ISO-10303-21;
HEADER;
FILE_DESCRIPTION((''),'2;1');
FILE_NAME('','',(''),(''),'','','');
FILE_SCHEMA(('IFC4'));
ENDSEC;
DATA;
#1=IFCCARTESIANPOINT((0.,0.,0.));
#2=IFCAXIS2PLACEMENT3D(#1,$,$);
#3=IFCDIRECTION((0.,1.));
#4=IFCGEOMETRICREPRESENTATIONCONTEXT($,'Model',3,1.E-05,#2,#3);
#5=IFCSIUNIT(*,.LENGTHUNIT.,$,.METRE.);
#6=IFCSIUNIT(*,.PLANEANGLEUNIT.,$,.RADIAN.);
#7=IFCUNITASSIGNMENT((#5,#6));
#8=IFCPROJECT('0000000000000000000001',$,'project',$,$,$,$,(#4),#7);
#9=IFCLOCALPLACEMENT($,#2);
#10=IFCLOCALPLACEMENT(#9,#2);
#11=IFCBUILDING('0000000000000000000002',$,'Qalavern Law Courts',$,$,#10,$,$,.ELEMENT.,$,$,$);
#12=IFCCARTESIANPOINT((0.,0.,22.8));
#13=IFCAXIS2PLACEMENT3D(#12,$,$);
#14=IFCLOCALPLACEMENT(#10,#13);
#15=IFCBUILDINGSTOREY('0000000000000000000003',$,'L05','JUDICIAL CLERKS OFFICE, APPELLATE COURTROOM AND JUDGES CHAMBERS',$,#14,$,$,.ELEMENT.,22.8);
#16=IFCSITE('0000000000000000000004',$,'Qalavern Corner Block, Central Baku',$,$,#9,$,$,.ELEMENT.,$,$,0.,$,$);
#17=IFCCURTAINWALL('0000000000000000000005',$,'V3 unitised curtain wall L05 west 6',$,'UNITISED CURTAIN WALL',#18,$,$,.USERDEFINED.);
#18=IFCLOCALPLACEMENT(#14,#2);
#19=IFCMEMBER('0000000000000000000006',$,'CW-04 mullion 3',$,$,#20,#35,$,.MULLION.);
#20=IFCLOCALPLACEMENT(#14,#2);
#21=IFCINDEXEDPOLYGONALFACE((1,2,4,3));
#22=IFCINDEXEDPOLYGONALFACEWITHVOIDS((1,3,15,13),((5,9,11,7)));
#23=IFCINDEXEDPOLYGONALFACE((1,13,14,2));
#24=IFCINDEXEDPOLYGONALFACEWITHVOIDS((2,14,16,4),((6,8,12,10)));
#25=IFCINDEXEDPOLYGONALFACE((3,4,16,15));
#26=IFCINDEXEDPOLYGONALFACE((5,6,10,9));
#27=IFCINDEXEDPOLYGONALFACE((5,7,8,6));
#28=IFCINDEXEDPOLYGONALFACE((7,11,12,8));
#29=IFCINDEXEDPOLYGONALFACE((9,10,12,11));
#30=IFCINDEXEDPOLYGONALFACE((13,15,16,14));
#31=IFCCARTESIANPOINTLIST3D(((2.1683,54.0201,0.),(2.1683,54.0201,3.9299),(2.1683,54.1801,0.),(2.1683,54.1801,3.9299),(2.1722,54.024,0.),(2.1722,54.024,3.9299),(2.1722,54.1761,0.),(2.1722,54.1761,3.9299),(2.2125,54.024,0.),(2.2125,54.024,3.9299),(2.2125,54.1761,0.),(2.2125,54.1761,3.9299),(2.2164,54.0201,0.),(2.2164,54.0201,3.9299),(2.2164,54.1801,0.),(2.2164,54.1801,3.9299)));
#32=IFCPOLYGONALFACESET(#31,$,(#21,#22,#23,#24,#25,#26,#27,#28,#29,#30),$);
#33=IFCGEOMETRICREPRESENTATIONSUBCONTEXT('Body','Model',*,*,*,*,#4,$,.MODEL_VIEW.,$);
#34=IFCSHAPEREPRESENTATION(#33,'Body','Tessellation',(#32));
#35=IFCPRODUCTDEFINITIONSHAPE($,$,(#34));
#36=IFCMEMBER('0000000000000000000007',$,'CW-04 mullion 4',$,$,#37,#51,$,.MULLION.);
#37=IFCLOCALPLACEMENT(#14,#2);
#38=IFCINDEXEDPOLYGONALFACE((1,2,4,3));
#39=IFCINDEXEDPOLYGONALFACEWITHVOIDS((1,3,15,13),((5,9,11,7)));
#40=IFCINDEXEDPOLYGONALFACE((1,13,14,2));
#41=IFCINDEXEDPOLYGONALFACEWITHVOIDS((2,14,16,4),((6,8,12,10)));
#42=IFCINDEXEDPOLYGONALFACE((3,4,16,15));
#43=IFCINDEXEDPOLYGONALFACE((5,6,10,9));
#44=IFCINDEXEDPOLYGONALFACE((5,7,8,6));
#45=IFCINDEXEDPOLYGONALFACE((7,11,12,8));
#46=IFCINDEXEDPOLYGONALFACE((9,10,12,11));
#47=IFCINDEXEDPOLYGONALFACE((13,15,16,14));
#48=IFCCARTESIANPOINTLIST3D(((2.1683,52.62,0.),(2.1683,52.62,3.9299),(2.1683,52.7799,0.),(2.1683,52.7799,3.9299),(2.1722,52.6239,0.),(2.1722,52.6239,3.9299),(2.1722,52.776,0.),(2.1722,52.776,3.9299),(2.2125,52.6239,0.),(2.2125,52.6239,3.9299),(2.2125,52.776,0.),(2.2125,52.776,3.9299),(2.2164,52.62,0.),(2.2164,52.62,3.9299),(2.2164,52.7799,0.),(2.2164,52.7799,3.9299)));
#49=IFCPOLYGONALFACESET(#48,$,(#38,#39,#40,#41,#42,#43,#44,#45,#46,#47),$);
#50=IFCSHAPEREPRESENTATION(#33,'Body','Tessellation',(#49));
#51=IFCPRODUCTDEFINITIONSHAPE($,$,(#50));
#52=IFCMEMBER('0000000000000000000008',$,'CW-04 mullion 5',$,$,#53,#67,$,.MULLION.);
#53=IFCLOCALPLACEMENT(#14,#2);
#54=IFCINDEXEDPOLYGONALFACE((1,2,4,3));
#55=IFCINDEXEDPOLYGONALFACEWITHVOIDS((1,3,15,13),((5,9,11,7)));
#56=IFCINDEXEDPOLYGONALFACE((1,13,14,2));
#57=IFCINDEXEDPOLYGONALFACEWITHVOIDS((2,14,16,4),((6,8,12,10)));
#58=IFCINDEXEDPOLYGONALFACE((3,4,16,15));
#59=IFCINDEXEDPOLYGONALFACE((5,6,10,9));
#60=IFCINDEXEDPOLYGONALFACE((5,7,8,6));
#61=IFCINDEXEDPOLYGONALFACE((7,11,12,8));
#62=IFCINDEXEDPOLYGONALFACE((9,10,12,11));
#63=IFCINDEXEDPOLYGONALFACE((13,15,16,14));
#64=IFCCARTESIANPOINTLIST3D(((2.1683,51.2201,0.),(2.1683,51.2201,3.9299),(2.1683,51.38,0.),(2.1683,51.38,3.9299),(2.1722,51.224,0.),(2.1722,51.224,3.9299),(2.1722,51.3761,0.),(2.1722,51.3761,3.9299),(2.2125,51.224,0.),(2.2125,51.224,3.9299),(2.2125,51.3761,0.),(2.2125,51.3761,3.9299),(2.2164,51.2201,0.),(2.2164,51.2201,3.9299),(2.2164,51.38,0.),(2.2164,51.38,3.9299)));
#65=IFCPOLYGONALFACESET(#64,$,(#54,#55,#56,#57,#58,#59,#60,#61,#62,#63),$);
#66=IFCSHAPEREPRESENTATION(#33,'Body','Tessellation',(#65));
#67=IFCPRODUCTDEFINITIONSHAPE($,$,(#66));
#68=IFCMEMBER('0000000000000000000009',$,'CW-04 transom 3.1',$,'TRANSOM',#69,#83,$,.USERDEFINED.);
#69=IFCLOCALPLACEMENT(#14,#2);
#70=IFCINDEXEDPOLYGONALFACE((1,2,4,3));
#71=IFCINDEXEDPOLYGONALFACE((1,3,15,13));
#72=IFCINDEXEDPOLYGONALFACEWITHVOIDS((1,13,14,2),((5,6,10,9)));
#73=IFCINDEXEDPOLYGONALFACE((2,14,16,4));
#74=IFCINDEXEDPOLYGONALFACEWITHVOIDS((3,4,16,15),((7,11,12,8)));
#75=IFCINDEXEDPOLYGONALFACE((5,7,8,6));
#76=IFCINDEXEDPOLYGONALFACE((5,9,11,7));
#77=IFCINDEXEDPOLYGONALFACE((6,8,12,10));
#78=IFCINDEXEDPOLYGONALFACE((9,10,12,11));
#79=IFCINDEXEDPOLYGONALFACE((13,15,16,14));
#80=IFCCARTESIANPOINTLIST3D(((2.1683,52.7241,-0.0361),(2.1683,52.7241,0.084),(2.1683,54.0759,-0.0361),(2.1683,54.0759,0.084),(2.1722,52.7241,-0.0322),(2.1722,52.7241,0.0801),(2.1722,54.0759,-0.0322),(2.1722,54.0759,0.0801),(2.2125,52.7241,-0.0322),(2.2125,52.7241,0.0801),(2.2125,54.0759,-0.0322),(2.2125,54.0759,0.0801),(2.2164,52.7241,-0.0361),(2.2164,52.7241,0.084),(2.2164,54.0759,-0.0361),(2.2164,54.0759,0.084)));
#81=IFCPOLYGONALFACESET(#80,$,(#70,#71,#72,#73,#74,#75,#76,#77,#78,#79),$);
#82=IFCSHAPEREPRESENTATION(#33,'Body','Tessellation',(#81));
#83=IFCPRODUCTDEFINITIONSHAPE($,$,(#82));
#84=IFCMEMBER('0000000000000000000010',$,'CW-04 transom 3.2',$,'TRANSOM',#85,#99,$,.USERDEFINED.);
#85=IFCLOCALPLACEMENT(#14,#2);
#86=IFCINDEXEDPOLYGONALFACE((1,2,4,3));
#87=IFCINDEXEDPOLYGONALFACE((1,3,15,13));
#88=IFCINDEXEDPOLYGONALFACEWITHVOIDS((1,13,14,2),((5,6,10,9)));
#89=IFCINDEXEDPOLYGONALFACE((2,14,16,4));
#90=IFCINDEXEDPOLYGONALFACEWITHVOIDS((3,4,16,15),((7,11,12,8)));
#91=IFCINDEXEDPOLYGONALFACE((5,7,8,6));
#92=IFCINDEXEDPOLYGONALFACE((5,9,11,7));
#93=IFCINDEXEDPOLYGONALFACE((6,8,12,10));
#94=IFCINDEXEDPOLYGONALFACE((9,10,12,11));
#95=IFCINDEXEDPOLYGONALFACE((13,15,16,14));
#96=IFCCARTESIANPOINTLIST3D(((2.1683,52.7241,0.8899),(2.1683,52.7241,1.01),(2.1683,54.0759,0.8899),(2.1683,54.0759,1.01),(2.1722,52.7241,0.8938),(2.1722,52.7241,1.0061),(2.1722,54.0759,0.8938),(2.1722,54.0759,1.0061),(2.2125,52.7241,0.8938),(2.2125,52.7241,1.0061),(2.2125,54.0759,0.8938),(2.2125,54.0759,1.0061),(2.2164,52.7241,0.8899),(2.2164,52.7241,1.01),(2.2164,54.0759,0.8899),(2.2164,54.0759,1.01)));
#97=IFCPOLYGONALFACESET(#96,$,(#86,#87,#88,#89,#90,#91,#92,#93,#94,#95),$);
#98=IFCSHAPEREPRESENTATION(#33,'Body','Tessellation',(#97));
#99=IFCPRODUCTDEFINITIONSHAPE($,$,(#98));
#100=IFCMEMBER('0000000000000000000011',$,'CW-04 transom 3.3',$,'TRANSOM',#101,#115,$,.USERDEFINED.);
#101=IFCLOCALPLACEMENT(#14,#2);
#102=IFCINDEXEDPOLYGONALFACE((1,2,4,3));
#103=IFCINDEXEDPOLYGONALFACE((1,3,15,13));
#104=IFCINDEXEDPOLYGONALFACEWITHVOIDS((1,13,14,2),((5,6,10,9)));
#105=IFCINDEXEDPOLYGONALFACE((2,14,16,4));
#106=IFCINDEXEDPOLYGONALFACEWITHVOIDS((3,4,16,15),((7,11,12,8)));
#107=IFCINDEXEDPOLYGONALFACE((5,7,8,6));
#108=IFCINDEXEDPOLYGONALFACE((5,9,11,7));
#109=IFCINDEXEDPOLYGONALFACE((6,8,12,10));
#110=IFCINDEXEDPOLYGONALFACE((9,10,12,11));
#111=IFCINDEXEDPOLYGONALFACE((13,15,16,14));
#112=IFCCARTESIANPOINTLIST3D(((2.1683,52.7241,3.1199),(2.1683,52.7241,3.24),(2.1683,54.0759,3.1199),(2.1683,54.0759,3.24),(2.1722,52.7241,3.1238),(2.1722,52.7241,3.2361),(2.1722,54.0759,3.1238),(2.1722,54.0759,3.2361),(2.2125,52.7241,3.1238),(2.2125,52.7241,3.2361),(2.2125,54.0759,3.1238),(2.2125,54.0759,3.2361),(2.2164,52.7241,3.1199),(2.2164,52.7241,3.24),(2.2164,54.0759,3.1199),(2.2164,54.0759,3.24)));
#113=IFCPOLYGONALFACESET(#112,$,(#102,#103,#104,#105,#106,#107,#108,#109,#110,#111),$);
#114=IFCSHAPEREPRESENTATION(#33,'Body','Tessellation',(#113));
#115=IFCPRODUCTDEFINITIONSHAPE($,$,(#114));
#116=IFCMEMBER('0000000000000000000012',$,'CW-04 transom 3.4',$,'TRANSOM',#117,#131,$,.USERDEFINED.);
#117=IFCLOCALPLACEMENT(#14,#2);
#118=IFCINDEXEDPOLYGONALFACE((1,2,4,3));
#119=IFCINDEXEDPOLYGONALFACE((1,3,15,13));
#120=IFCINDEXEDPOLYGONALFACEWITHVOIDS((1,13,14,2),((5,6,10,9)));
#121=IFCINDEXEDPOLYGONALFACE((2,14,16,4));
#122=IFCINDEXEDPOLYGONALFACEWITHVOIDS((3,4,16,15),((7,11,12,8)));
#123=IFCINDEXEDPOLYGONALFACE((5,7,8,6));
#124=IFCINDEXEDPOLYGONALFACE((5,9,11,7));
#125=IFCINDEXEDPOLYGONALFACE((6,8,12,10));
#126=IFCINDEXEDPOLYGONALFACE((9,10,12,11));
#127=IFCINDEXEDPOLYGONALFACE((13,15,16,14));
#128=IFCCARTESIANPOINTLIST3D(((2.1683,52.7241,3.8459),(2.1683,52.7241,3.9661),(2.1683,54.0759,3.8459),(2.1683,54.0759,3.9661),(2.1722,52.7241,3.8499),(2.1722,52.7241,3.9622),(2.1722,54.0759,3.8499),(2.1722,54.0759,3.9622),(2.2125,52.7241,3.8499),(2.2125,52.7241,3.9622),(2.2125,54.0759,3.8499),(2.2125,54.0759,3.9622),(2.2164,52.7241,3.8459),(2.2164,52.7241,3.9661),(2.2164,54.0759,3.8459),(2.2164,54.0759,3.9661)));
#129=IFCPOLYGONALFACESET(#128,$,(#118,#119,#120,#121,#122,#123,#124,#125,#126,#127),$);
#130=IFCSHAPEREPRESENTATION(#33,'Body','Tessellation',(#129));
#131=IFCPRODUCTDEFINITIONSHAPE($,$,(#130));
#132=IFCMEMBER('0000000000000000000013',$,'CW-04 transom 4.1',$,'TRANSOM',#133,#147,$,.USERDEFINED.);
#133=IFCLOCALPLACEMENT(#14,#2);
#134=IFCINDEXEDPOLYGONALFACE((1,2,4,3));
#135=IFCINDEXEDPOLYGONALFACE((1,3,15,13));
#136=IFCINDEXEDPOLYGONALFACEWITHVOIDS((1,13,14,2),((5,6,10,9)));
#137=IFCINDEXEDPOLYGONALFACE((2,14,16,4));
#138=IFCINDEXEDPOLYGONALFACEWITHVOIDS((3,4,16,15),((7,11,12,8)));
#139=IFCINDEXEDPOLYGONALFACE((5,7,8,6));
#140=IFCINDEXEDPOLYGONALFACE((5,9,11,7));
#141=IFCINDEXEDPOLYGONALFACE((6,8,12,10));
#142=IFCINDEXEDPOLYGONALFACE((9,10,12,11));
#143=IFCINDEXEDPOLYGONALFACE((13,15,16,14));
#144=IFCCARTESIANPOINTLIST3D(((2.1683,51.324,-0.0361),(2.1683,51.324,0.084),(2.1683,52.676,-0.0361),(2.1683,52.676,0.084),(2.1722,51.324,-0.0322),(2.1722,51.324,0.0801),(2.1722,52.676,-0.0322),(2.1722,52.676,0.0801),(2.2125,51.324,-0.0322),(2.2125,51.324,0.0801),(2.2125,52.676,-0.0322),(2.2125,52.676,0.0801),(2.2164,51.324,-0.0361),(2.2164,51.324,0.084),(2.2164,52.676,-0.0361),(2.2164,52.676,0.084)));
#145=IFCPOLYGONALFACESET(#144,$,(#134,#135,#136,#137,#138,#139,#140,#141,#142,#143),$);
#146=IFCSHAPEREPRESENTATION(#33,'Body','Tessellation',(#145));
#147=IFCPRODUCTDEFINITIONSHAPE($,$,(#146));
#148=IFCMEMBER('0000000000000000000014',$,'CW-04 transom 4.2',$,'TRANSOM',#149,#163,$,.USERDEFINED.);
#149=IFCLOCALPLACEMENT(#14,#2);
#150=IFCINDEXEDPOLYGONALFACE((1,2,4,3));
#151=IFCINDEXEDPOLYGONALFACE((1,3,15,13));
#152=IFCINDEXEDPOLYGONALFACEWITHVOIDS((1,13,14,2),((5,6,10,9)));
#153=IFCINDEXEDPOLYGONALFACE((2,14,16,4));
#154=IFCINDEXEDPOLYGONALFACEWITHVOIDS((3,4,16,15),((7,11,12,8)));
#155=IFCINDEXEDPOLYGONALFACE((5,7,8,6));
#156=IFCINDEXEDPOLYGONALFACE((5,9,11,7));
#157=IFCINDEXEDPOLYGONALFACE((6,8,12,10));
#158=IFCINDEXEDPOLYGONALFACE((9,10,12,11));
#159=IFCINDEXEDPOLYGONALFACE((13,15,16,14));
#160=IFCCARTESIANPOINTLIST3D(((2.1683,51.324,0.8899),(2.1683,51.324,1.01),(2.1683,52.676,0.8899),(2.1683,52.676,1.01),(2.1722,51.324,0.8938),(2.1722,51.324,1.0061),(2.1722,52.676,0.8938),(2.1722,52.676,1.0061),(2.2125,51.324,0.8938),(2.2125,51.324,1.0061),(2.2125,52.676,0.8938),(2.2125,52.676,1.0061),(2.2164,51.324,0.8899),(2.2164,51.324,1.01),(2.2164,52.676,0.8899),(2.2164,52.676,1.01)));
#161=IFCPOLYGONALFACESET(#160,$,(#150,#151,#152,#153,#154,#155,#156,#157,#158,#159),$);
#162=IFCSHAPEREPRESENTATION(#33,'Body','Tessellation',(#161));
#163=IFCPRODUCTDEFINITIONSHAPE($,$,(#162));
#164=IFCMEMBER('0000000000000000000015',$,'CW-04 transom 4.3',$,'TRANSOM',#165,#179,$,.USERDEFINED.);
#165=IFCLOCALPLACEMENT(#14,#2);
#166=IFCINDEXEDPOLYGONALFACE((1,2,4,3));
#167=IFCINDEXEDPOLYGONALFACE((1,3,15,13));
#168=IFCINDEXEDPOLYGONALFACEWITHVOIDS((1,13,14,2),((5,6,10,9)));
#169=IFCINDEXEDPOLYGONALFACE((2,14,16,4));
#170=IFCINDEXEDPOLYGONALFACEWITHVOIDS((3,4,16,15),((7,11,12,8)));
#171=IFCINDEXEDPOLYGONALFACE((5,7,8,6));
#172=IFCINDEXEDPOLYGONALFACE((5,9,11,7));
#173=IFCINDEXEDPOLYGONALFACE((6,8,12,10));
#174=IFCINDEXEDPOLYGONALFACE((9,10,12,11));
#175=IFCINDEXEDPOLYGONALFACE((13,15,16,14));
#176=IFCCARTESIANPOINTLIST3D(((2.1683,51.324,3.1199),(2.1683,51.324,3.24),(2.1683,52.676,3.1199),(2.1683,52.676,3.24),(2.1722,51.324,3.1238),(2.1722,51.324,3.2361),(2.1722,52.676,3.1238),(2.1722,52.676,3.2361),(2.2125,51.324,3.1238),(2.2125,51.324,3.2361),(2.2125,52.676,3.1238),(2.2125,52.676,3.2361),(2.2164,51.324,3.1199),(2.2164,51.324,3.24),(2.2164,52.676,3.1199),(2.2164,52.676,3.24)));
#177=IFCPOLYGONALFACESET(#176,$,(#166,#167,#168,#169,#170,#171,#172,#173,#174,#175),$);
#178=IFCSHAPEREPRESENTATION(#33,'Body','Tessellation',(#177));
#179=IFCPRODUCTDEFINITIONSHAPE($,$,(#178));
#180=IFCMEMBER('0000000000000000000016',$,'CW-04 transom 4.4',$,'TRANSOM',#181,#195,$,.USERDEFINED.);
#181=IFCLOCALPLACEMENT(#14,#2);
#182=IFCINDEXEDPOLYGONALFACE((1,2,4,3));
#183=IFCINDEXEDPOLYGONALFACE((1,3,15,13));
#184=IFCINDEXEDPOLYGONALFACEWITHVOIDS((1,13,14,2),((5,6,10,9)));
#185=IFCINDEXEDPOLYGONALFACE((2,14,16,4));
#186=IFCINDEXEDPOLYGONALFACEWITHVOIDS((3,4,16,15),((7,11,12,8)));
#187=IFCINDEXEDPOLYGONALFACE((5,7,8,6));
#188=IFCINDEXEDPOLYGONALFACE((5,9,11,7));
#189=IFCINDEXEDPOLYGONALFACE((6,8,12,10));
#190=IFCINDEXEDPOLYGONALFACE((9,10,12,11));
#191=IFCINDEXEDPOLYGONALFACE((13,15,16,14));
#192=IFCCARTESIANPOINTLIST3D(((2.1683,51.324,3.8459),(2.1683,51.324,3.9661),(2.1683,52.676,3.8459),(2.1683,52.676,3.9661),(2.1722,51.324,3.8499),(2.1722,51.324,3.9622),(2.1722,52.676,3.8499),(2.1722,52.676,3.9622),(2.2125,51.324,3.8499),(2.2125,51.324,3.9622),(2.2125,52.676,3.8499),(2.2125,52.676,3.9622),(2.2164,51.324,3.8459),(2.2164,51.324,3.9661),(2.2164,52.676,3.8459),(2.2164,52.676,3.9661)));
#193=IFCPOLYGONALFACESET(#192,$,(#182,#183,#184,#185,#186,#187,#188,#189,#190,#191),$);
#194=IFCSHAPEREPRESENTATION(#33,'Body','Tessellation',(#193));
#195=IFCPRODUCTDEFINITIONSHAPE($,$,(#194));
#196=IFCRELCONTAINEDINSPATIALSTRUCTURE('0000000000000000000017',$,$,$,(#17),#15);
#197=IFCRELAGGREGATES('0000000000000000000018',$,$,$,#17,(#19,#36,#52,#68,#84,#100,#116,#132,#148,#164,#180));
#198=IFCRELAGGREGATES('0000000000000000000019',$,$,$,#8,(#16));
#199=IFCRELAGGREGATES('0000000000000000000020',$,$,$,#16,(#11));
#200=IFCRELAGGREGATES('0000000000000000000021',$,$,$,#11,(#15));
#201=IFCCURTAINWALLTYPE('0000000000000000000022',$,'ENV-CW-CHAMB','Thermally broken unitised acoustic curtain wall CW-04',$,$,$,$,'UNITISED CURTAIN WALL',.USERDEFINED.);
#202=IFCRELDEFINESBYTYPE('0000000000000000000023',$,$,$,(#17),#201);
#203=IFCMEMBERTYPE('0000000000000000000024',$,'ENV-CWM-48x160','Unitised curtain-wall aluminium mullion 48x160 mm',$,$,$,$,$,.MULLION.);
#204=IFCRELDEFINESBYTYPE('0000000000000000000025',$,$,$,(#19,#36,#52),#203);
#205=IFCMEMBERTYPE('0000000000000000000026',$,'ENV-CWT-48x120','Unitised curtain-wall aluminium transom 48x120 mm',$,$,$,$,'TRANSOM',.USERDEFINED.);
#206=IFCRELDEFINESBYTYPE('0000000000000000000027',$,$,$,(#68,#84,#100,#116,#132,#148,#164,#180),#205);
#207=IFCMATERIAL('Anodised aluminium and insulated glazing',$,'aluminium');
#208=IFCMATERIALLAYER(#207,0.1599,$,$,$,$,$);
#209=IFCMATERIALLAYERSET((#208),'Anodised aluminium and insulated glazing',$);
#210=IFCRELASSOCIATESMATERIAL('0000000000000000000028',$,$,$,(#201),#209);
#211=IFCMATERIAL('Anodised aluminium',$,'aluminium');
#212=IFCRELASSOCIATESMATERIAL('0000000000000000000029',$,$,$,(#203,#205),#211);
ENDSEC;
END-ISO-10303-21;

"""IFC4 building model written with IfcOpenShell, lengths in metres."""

from ifc_helpers import new_model, si_unit, direction, frame, origin, origin_2d, place, context, subcontext, project, spatial, hollow_rectangle, extrude, material, layer, layer_set, material_profile, profile_set, type_object, element, aggregate, save


model = new_model("IFC4")

# Units and contexts
model_context = context("Model", 3, precision=1e-05, world=origin(), true_north=direction((0.0, 1.0)))
body_context = subcontext(model_context, "Body", "Model", "MODEL_VIEW")
ifc_project = project(units=[si_unit("LENGTHUNIT", "METRE"), si_unit("PLANEANGLEUNIT", "RADIAN")], contexts=[model_context])

# Site, building, storey
site_placement = place(None, origin())
site = spatial("IfcSite", under=ifc_project, at=site_placement, Name="Qalavern Corner Block, Central Baku", CompositionType="ELEMENT", RefElevation=0.0)
building_placement = place(site_placement, origin())
building = spatial("IfcBuilding", under=site, at=building_placement, Name="Qalavern Law Courts", CompositionType="ELEMENT")
storey_placement = place(building_placement, frame((0.0, 0.0, 22.8)))
storey = spatial("IfcBuildingStorey", under=building, at=storey_placement, Name="L05", Description="JUDICIAL CLERKS OFFICE, APPELLATE COURTROOM AND JUDGES CHAMBERS", CompositionType="ELEMENT", Elevation=22.8)

# Curtain wall, members
ifc_material_1 = material(Name="Anodised aluminium and insulated glazing", Category="aluminium")
ifc_layer_1 = layer(ifc_material_1, 0.1599)
ifc_layer_set_1 = layer_set([ifc_layer_1], Name="Anodised aluminium and insulated glazing")
curtain_wall_type = type_object("IfcCurtainWallType", Name="ENV-CW-CHAMB", Description="Thermally broken unitised acoustic curtain wall CW-04", ElementType="UNITISED CURTAIN WALL", PredefinedType="USERDEFINED", material=ifc_layer_set_1)
curtain_wall_placement = place(storey_placement, origin())
curtain_wall = element("IfcCurtainWall", 1, at=curtain_wall_placement, inside=storey, type_object=curtain_wall_type, Name="V3 unitised curtain wall L05 west 6", ObjectType="UNITISED CURTAIN WALL", PredefinedType="USERDEFINED")
ifc_material_2 = material(Name="Anodised aluminium", Category="aluminium")
ifc_material_profile_1 = material_profile(ifc_material_2, hollow_rectangle(XDim=0.0481, YDim=0.1599, WallThickness=0.0039, at=origin_2d()), Name="ALU MULLION 48x160")
ifc_profile_set_1 = profile_set([ifc_material_profile_1], Name="Anodised aluminium")
member_type_1 = type_object("IfcMemberType", Name="ENV-CWM-48x160", Description="Unitised curtain-wall aluminium mullion 48x160 mm", PredefinedType="MULLION", material=ifc_profile_set_1)
member_1_placement = place(storey_placement, frame((2.1924, 54.1001, 0.0), z_axis=(0.0, 0.0, 1.0), x_axis=(1.0, 0.0, 0.0)))
member_1 = element("IfcMember", 2, at=member_1_placement, type_object=member_type_1, Name="CW-04 mullion 3", PredefinedType="MULLION", context=body_context, shape_type="SweptSolid", body=[
    extrude(hollow_rectangle(XDim=0.0481, YDim=0.1599, WallThickness=0.0039, at=origin_2d()), origin(), (0.0, 0.0, 1.0), 3.9299),
])
member_2_placement = place(storey_placement, frame((2.1924, 52.7, 0.0), z_axis=(0.0, 0.0, 1.0), x_axis=(1.0, 0.0, 0.0)))
member_2 = element("IfcMember", 3, at=member_2_placement, type_object=member_type_1, Name="CW-04 mullion 4", PredefinedType="MULLION", context=body_context, shape_type="SweptSolid", body=[
    extrude(hollow_rectangle(XDim=0.0481, YDim=0.1599, WallThickness=0.0039, at=origin_2d()), origin(), (0.0, 0.0, 1.0), 3.9299),
])
member_3_placement = place(storey_placement, frame((2.1924, 51.3, 0.0), z_axis=(0.0, 0.0, 1.0), x_axis=(1.0, 0.0, 0.0)))
member_3 = element("IfcMember", 4, at=member_3_placement, type_object=member_type_1, Name="CW-04 mullion 5", PredefinedType="MULLION", context=body_context, shape_type="SweptSolid", body=[
    extrude(hollow_rectangle(XDim=0.0481, YDim=0.1599, WallThickness=0.0039, at=origin_2d()), origin(), (0.0, 0.0, 1.0), 3.9299),
])
ifc_material_profile_2 = material_profile(ifc_material_2, hollow_rectangle(XDim=0.0481, YDim=0.1201, WallThickness=0.0039, at=origin_2d()), Name="ALU TRANSOM 48x120")
ifc_profile_set_2 = profile_set([ifc_material_profile_2], Name="Anodised aluminium")
member_type_2 = type_object("IfcMemberType", Name="ENV-CWT-48x120", Description="Unitised curtain-wall aluminium transom 48x120 mm", ElementType="TRANSOM", PredefinedType="USERDEFINED", material=ifc_profile_set_2)
member_4_placement = place(storey_placement, frame((2.1924, 54.0759, 0.0239), z_axis=(0.0, -1.0, 0.0), x_axis=(1.0, 0.0, 0.0)))
member_4 = element("IfcMember", 5, at=member_4_placement, type_object=member_type_2, Name="CW-04 transom 3.1", ObjectType="TRANSOM", PredefinedType="USERDEFINED", context=body_context, shape_type="SweptSolid", body=[
    extrude(hollow_rectangle(XDim=0.0481, YDim=0.1201, WallThickness=0.0039, at=origin_2d()), origin(), (0.0, 0.0, 1.0), 1.3518),
])
member_5_placement = place(storey_placement, frame((2.1924, 54.0759, 0.95), z_axis=(0.0, -1.0, 0.0), x_axis=(1.0, 0.0, 0.0)))
member_5 = element("IfcMember", 6, at=member_5_placement, type_object=member_type_2, Name="CW-04 transom 3.2", ObjectType="TRANSOM", PredefinedType="USERDEFINED", context=body_context, shape_type="SweptSolid", body=[
    extrude(hollow_rectangle(XDim=0.0481, YDim=0.1201, WallThickness=0.0039, at=origin_2d()), origin(), (0.0, 0.0, 1.0), 1.3518),
])
member_6_placement = place(storey_placement, frame((2.1924, 54.0759, 3.1799), z_axis=(0.0, -1.0, 0.0), x_axis=(1.0, 0.0, 0.0)))
member_6 = element("IfcMember", 7, at=member_6_placement, type_object=member_type_2, Name="CW-04 transom 3.3", ObjectType="TRANSOM", PredefinedType="USERDEFINED", context=body_context, shape_type="SweptSolid", body=[
    extrude(hollow_rectangle(XDim=0.0481, YDim=0.1201, WallThickness=0.0039, at=origin_2d()), origin(), (0.0, 0.0, 1.0), 1.3518),
])
member_7_placement = place(storey_placement, frame((2.1924, 54.0759, 3.906), z_axis=(0.0, -1.0, 0.0), x_axis=(1.0, 0.0, 0.0)))
member_7 = element("IfcMember", 8, at=member_7_placement, type_object=member_type_2, Name="CW-04 transom 3.4", ObjectType="TRANSOM", PredefinedType="USERDEFINED", context=body_context, shape_type="SweptSolid", body=[
    extrude(hollow_rectangle(XDim=0.0481, YDim=0.1201, WallThickness=0.0039, at=origin_2d()), origin(), (0.0, 0.0, 1.0), 1.3518),
])
member_8_placement = place(storey_placement, frame((2.1924, 52.676, 0.0239), z_axis=(0.0, -1.0, 0.0), x_axis=(1.0, 0.0, 0.0)))
member_8 = element("IfcMember", 9, at=member_8_placement, type_object=member_type_2, Name="CW-04 transom 4.1", ObjectType="TRANSOM", PredefinedType="USERDEFINED", context=body_context, shape_type="SweptSolid", body=[
    extrude(hollow_rectangle(XDim=0.0481, YDim=0.1201, WallThickness=0.0039, at=origin_2d()), origin(), (0.0, 0.0, 1.0), 1.3521),
])
member_9_placement = place(storey_placement, frame((2.1924, 52.676, 0.95), z_axis=(0.0, -1.0, 0.0), x_axis=(1.0, 0.0, 0.0)))
member_9 = element("IfcMember", 10, at=member_9_placement, type_object=member_type_2, Name="CW-04 transom 4.2", ObjectType="TRANSOM", PredefinedType="USERDEFINED", context=body_context, shape_type="SweptSolid", body=[
    extrude(hollow_rectangle(XDim=0.0481, YDim=0.1201, WallThickness=0.0039, at=origin_2d()), origin(), (0.0, 0.0, 1.0), 1.3521),
])
member_10_placement = place(storey_placement, frame((2.1924, 52.676, 3.1799), z_axis=(0.0, -1.0, 0.0), x_axis=(1.0, 0.0, 0.0)))
member_10 = element("IfcMember", 11, at=member_10_placement, type_object=member_type_2, Name="CW-04 transom 4.3", ObjectType="TRANSOM", PredefinedType="USERDEFINED", context=body_context, shape_type="SweptSolid", body=[
    extrude(hollow_rectangle(XDim=0.0481, YDim=0.1201, WallThickness=0.0039, at=origin_2d()), origin(), (0.0, 0.0, 1.0), 1.3521),
])
member_11_placement = place(storey_placement, frame((2.1924, 52.676, 3.906), z_axis=(0.0, -1.0, 0.0), x_axis=(1.0, 0.0, 0.0)))
member_11 = element("IfcMember", 12, at=member_11_placement, type_object=member_type_2, Name="CW-04 transom 4.4", ObjectType="TRANSOM", PredefinedType="USERDEFINED", context=body_context, shape_type="SweptSolid", body=[
    extrude(hollow_rectangle(XDim=0.0481, YDim=0.1201, WallThickness=0.0039, at=origin_2d()), origin(), (0.0, 0.0, 1.0), 1.3521),
])
aggregate(curtain_wall, [member_1, member_2, member_3, member_4, member_5, member_6, member_7, member_8, member_9, member_10, member_11])

save(model, "model.ifc")
